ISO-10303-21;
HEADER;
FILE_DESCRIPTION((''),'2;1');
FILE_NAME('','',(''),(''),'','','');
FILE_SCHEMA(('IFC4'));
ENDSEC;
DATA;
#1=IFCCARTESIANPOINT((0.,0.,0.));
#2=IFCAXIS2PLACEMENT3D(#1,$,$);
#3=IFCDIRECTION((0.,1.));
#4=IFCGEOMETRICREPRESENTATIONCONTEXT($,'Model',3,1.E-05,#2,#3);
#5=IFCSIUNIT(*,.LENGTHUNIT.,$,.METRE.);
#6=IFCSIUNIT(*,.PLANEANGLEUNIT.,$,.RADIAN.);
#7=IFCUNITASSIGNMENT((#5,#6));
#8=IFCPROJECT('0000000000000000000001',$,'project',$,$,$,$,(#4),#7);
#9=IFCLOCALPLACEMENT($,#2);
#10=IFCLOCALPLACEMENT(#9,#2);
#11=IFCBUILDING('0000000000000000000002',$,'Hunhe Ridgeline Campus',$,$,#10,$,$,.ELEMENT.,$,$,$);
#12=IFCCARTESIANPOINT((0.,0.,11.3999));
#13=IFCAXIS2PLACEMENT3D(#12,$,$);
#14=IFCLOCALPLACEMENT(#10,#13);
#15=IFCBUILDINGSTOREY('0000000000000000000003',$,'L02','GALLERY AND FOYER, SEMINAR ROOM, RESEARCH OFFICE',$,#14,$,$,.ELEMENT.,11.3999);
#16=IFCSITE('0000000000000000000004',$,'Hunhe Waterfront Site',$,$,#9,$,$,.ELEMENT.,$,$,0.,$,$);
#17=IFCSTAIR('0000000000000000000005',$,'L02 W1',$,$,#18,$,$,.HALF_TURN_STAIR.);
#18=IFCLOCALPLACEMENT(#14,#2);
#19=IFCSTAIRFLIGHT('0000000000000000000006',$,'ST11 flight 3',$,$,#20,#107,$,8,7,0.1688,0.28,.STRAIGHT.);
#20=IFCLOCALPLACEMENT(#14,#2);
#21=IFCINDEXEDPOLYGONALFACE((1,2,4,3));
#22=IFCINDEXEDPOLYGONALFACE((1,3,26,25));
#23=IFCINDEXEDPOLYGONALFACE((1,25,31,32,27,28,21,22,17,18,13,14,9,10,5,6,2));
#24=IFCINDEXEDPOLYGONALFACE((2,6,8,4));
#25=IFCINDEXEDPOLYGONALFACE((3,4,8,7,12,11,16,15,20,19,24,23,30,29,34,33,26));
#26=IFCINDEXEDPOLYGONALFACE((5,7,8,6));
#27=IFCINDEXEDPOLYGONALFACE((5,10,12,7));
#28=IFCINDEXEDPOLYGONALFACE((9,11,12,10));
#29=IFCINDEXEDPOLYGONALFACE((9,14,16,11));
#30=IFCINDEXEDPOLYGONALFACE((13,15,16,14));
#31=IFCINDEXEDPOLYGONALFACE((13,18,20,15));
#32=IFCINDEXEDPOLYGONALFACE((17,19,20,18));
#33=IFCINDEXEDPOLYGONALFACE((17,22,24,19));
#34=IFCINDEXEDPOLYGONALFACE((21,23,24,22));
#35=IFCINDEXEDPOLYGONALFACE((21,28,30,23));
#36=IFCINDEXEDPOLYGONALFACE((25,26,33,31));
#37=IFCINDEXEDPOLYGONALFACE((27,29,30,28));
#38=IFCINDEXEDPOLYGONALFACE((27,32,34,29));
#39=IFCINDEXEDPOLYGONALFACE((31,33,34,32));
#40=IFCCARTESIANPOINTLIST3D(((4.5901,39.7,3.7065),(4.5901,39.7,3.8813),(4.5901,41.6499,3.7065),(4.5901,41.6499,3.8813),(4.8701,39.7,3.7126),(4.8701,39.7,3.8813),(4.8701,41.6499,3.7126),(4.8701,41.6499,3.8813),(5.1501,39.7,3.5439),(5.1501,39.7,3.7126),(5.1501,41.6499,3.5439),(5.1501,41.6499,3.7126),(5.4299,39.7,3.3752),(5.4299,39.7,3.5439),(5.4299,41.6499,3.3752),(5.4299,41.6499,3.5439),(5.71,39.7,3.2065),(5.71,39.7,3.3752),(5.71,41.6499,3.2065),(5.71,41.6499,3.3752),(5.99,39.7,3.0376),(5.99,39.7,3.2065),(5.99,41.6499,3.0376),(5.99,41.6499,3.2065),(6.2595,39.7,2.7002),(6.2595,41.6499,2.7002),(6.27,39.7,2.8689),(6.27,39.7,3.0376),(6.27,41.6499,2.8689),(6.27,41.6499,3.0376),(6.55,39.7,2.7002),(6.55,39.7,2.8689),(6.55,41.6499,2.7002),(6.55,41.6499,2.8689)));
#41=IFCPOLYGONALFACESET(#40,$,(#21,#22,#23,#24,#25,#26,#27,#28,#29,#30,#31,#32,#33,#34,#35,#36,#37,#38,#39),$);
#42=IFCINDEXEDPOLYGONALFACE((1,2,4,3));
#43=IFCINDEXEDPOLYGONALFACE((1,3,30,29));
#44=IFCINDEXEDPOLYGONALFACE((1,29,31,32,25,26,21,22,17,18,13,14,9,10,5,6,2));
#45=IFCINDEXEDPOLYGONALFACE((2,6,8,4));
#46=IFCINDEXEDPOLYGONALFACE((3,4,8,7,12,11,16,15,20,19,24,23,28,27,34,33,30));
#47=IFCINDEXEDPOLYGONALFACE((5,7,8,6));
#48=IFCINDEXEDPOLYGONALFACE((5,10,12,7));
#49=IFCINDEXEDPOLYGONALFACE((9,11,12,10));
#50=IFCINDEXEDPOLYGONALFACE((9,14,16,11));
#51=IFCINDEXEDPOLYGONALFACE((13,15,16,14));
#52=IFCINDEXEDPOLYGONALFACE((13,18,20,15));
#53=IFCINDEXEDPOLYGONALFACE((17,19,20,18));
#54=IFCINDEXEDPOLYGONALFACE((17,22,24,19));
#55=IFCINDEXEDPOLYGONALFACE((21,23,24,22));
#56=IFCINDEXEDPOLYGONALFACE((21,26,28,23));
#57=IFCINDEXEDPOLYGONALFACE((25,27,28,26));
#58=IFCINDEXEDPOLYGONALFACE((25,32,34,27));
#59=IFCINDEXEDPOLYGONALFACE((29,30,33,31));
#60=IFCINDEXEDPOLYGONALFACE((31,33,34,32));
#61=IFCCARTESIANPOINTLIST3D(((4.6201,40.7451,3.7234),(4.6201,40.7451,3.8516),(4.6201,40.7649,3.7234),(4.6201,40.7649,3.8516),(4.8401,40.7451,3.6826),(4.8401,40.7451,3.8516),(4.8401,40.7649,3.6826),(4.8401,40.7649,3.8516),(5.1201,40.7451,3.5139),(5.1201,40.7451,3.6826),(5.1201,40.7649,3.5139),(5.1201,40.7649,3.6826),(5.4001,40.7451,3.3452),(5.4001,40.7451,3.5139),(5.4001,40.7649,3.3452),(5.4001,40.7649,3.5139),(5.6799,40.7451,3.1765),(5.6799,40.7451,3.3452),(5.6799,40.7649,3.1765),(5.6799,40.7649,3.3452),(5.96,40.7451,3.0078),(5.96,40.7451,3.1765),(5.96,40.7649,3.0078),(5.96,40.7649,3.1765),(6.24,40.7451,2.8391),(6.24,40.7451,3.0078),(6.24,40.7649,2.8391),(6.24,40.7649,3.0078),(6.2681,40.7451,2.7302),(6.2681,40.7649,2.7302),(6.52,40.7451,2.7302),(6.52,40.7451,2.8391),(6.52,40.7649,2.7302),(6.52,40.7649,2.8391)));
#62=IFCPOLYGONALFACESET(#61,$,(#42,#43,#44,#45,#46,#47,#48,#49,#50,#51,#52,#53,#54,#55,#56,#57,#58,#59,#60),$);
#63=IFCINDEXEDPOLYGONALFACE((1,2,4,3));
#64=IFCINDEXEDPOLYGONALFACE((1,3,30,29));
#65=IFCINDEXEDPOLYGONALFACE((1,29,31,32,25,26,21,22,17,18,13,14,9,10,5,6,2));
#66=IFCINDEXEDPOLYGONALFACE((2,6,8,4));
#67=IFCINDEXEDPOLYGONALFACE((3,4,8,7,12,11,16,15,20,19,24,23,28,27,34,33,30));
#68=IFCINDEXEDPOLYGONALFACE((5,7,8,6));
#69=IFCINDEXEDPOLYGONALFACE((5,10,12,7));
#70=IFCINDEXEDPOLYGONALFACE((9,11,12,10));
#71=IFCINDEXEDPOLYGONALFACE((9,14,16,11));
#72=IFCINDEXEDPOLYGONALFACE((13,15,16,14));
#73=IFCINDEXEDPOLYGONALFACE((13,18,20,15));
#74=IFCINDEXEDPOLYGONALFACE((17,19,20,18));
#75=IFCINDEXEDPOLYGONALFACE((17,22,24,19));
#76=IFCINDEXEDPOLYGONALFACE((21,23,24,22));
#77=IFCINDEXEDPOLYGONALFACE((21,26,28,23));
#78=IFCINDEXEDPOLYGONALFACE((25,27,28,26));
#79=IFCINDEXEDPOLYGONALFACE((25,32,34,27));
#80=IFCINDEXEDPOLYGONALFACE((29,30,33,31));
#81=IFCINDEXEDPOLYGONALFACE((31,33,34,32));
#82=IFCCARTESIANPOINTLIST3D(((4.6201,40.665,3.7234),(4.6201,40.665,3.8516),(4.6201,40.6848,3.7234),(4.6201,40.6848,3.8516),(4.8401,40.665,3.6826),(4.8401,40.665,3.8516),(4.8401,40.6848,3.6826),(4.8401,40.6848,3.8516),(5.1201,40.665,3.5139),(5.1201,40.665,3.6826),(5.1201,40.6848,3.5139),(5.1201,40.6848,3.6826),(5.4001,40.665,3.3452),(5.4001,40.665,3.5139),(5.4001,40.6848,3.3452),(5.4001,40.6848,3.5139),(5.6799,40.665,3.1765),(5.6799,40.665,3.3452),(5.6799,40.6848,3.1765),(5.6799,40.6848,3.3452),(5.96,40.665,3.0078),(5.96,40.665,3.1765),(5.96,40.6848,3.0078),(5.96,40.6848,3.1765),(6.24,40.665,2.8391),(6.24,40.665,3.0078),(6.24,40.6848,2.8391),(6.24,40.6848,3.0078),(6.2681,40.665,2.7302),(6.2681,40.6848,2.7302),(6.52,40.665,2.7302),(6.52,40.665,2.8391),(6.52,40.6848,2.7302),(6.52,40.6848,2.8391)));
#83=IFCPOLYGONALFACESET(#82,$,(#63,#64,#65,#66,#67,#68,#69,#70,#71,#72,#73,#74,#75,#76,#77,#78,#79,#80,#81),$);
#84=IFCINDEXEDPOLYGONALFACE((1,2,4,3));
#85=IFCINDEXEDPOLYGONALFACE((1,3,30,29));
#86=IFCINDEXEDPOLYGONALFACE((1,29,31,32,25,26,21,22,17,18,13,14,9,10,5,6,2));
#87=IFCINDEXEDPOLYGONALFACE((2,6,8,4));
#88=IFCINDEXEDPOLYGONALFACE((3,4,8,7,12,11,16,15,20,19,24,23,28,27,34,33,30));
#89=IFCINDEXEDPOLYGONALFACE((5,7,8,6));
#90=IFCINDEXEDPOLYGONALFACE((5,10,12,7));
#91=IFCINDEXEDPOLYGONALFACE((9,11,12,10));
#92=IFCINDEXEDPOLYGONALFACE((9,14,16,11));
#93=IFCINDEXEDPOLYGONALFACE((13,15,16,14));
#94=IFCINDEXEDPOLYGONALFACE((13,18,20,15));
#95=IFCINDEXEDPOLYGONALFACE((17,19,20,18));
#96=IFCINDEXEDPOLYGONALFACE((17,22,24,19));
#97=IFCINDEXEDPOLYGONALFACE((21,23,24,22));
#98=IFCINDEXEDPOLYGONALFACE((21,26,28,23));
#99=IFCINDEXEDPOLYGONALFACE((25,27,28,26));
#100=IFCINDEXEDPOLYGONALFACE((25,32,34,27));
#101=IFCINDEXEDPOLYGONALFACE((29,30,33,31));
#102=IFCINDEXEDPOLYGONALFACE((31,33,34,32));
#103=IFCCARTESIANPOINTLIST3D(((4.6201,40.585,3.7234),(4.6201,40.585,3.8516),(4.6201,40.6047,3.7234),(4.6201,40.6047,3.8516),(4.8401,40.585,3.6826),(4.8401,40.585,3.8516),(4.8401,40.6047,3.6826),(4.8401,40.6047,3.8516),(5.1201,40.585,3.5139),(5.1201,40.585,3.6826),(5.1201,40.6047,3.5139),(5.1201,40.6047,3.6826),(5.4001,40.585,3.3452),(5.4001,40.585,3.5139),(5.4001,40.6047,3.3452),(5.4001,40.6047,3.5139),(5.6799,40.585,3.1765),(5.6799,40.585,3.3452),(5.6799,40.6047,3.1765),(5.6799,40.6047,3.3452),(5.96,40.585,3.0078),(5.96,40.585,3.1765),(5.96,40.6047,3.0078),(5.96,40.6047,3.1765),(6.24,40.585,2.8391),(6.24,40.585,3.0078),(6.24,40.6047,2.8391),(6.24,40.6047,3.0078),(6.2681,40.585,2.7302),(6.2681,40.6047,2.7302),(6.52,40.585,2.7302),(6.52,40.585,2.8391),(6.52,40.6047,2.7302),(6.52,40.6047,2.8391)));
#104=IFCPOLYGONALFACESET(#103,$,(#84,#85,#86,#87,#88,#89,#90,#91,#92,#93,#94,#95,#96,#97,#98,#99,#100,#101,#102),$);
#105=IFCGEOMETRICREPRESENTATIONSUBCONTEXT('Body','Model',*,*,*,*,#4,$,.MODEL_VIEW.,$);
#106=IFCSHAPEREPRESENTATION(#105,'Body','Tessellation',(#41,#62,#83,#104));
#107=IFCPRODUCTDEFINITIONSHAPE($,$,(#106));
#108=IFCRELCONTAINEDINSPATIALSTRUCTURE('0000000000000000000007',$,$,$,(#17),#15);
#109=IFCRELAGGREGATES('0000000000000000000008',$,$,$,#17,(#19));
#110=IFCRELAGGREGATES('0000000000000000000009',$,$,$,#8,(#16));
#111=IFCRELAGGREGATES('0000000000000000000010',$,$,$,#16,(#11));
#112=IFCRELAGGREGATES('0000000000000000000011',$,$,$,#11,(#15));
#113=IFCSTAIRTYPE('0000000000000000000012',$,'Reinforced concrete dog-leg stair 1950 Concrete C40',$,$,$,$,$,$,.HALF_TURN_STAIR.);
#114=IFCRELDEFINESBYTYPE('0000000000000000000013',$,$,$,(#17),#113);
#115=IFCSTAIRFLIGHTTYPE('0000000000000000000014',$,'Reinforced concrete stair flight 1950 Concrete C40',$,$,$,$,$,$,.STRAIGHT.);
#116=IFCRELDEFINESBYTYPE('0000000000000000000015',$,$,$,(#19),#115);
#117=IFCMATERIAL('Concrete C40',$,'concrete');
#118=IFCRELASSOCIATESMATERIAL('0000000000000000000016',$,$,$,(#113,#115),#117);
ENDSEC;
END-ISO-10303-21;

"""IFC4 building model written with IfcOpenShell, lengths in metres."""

from ifc_helpers import new_model, si_unit, direction, frame, origin, place, context, subcontext, project, spatial, polyline, outline, extrude, material, type_object, element, aggregate, save


model = new_model("IFC4")

# Units and contexts
model_context = context("Model", 3, precision=1e-05, world=origin(), true_north=direction((0.0, 1.0)))
body_context = subcontext(model_context, "Body", "Model", "MODEL_VIEW")
ifc_project = project(units=[si_unit("LENGTHUNIT", "METRE"), si_unit("PLANEANGLEUNIT", "RADIAN")], contexts=[model_context])

# Site, building, storey
site_placement = place(None, origin())
site = spatial("IfcSite", under=ifc_project, at=site_placement, Name="Hunhe Waterfront Site", CompositionType="ELEMENT", RefElevation=0.0)
building_placement = place(site_placement, origin())
building = spatial("IfcBuilding", under=site, at=building_placement, Name="Hunhe Ridgeline Campus", CompositionType="ELEMENT")
storey_placement = place(building_placement, frame((0.0, 0.0, 11.3999)))
storey = spatial("IfcBuildingStorey", under=building, at=storey_placement, Name="L02", Description="GALLERY AND FOYER, SEMINAR ROOM, RESEARCH OFFICE", CompositionType="ELEMENT", Elevation=11.3999)

# Stair, stair flight
ifc_material_1 = material(Name="Concrete C40", Category="concrete")
stair_type = type_object("IfcStairType", Name="Reinforced concrete dog-leg stair 1950 Concrete C40", PredefinedType="HALF_TURN_STAIR", material=ifc_material_1)
stair_flight_type = type_object("IfcStairFlightType", Name="Reinforced concrete stair flight 1950 Concrete C40", PredefinedType="STRAIGHT", material=ifc_material_1)
stair_1_placement = place(storey_placement, origin())
stair_1 = element("IfcStair", 1, at=stair_1_placement, inside=storey, type_object=stair_type, Name="L02 W1", PredefinedType="HALF_TURN_STAIR")
stair_flight_1_placement = place(storey_placement, frame((6.55, 40.675, 2.7002), z_axis=(0.0, 0.0, 1.0), x_axis=(-1.0, 0.0, 0.0)))
stair_flight_1 = element("IfcStairFlight", 2, at=stair_flight_1_placement, type_object=stair_flight_type, Name="ST11 flight 3", NumberOfRisers=8, NumberOfTreads=7, PredefinedType="STRAIGHT", RiserHeight=0.1688, TreadLength=0.28, context=body_context, shape_type="SweptSolid", body=[
    extrude(outline(polyline([(0.0, 0.0), (0.0, 0.1687), (0.28, 0.1687), (0.28, 0.3374), (0.5601, 0.3374), (0.5601, 0.5063), (0.8401, 0.5063), (0.8401, 0.675), (1.1201, 0.675), (1.1201, 0.8438), (1.3999, 0.8438), (1.3999, 1.0125), (1.6799, 1.0125), (1.6799, 1.1812), (1.96, 1.1812), (1.96, 1.3501), (1.96, 1.0063), (0.2905, 0.0), (0.0, 0.0)])), frame((0.0, 0.9751, 0.0), z_axis=(0.0, -1.0, 0.0), x_axis=(1.0, 0.0, 0.0)), (0.0, 0.0, 1.0), 1.95),
    extrude(outline(polyline([(0.03, 0.03), (0.03, 0.1389), (0.3101, 0.1389), (0.3101, 0.3076), (0.5901, 0.3076), (0.5901, 0.4763), (0.8701, 0.4763), (0.8701, 0.645), (1.1499, 0.645), (1.1499, 0.8137), (1.4299, 0.8137), (1.4299, 0.9824), (1.71, 0.9824), (1.71, 1.1514), (1.9299, 1.1514), (1.9299, 1.0232), (0.282, 0.03), (0.03, 0.03)])), frame((0.0, -0.0701, 0.0), z_axis=(0.0, -1.0, 0.0), x_axis=(1.0, 0.0, 0.0)), (0.0, 0.0, 1.0), 0.0198),
    extrude(outline(polyline([(0.03, 0.03), (0.03, 0.1389), (0.3101, 0.1389), (0.3101, 0.3076), (0.5901, 0.3076), (0.5901, 0.4763), (0.8701, 0.4763), (0.8701, 0.645), (1.1499, 0.645), (1.1499, 0.8137), (1.4299, 0.8137), (1.4299, 0.9824), (1.71, 0.9824), (1.71, 1.1514), (1.9299, 1.1514), (1.9299, 1.0232), (0.282, 0.03), (0.03, 0.03)])), frame((0.0, 0.01, 0.0), z_axis=(0.0, -1.0, 0.0), x_axis=(1.0, 0.0, 0.0)), (0.0, 0.0, 1.0), 0.0198),
    extrude(outline(polyline([(0.03, 0.03), (0.03, 0.1389), (0.3101, 0.1389), (0.3101, 0.3076), (0.5901, 0.3076), (0.5901, 0.4763), (0.8701, 0.4763), (0.8701, 0.645), (1.1499, 0.645), (1.1499, 0.8137), (1.4299, 0.8137), (1.4299, 0.9824), (1.71, 0.9824), (1.71, 1.1514), (1.9299, 1.1514), (1.9299, 1.0232), (0.282, 0.03), (0.03, 0.03)])), frame((0.0, 0.0901, 0.0), z_axis=(0.0, -1.0, 0.0), x_axis=(1.0, 0.0, 0.0)), (0.0, 0.0, 1.0), 0.0198),
])
aggregate(stair_1, [stair_flight_1])

save(model, "model.ifc")
